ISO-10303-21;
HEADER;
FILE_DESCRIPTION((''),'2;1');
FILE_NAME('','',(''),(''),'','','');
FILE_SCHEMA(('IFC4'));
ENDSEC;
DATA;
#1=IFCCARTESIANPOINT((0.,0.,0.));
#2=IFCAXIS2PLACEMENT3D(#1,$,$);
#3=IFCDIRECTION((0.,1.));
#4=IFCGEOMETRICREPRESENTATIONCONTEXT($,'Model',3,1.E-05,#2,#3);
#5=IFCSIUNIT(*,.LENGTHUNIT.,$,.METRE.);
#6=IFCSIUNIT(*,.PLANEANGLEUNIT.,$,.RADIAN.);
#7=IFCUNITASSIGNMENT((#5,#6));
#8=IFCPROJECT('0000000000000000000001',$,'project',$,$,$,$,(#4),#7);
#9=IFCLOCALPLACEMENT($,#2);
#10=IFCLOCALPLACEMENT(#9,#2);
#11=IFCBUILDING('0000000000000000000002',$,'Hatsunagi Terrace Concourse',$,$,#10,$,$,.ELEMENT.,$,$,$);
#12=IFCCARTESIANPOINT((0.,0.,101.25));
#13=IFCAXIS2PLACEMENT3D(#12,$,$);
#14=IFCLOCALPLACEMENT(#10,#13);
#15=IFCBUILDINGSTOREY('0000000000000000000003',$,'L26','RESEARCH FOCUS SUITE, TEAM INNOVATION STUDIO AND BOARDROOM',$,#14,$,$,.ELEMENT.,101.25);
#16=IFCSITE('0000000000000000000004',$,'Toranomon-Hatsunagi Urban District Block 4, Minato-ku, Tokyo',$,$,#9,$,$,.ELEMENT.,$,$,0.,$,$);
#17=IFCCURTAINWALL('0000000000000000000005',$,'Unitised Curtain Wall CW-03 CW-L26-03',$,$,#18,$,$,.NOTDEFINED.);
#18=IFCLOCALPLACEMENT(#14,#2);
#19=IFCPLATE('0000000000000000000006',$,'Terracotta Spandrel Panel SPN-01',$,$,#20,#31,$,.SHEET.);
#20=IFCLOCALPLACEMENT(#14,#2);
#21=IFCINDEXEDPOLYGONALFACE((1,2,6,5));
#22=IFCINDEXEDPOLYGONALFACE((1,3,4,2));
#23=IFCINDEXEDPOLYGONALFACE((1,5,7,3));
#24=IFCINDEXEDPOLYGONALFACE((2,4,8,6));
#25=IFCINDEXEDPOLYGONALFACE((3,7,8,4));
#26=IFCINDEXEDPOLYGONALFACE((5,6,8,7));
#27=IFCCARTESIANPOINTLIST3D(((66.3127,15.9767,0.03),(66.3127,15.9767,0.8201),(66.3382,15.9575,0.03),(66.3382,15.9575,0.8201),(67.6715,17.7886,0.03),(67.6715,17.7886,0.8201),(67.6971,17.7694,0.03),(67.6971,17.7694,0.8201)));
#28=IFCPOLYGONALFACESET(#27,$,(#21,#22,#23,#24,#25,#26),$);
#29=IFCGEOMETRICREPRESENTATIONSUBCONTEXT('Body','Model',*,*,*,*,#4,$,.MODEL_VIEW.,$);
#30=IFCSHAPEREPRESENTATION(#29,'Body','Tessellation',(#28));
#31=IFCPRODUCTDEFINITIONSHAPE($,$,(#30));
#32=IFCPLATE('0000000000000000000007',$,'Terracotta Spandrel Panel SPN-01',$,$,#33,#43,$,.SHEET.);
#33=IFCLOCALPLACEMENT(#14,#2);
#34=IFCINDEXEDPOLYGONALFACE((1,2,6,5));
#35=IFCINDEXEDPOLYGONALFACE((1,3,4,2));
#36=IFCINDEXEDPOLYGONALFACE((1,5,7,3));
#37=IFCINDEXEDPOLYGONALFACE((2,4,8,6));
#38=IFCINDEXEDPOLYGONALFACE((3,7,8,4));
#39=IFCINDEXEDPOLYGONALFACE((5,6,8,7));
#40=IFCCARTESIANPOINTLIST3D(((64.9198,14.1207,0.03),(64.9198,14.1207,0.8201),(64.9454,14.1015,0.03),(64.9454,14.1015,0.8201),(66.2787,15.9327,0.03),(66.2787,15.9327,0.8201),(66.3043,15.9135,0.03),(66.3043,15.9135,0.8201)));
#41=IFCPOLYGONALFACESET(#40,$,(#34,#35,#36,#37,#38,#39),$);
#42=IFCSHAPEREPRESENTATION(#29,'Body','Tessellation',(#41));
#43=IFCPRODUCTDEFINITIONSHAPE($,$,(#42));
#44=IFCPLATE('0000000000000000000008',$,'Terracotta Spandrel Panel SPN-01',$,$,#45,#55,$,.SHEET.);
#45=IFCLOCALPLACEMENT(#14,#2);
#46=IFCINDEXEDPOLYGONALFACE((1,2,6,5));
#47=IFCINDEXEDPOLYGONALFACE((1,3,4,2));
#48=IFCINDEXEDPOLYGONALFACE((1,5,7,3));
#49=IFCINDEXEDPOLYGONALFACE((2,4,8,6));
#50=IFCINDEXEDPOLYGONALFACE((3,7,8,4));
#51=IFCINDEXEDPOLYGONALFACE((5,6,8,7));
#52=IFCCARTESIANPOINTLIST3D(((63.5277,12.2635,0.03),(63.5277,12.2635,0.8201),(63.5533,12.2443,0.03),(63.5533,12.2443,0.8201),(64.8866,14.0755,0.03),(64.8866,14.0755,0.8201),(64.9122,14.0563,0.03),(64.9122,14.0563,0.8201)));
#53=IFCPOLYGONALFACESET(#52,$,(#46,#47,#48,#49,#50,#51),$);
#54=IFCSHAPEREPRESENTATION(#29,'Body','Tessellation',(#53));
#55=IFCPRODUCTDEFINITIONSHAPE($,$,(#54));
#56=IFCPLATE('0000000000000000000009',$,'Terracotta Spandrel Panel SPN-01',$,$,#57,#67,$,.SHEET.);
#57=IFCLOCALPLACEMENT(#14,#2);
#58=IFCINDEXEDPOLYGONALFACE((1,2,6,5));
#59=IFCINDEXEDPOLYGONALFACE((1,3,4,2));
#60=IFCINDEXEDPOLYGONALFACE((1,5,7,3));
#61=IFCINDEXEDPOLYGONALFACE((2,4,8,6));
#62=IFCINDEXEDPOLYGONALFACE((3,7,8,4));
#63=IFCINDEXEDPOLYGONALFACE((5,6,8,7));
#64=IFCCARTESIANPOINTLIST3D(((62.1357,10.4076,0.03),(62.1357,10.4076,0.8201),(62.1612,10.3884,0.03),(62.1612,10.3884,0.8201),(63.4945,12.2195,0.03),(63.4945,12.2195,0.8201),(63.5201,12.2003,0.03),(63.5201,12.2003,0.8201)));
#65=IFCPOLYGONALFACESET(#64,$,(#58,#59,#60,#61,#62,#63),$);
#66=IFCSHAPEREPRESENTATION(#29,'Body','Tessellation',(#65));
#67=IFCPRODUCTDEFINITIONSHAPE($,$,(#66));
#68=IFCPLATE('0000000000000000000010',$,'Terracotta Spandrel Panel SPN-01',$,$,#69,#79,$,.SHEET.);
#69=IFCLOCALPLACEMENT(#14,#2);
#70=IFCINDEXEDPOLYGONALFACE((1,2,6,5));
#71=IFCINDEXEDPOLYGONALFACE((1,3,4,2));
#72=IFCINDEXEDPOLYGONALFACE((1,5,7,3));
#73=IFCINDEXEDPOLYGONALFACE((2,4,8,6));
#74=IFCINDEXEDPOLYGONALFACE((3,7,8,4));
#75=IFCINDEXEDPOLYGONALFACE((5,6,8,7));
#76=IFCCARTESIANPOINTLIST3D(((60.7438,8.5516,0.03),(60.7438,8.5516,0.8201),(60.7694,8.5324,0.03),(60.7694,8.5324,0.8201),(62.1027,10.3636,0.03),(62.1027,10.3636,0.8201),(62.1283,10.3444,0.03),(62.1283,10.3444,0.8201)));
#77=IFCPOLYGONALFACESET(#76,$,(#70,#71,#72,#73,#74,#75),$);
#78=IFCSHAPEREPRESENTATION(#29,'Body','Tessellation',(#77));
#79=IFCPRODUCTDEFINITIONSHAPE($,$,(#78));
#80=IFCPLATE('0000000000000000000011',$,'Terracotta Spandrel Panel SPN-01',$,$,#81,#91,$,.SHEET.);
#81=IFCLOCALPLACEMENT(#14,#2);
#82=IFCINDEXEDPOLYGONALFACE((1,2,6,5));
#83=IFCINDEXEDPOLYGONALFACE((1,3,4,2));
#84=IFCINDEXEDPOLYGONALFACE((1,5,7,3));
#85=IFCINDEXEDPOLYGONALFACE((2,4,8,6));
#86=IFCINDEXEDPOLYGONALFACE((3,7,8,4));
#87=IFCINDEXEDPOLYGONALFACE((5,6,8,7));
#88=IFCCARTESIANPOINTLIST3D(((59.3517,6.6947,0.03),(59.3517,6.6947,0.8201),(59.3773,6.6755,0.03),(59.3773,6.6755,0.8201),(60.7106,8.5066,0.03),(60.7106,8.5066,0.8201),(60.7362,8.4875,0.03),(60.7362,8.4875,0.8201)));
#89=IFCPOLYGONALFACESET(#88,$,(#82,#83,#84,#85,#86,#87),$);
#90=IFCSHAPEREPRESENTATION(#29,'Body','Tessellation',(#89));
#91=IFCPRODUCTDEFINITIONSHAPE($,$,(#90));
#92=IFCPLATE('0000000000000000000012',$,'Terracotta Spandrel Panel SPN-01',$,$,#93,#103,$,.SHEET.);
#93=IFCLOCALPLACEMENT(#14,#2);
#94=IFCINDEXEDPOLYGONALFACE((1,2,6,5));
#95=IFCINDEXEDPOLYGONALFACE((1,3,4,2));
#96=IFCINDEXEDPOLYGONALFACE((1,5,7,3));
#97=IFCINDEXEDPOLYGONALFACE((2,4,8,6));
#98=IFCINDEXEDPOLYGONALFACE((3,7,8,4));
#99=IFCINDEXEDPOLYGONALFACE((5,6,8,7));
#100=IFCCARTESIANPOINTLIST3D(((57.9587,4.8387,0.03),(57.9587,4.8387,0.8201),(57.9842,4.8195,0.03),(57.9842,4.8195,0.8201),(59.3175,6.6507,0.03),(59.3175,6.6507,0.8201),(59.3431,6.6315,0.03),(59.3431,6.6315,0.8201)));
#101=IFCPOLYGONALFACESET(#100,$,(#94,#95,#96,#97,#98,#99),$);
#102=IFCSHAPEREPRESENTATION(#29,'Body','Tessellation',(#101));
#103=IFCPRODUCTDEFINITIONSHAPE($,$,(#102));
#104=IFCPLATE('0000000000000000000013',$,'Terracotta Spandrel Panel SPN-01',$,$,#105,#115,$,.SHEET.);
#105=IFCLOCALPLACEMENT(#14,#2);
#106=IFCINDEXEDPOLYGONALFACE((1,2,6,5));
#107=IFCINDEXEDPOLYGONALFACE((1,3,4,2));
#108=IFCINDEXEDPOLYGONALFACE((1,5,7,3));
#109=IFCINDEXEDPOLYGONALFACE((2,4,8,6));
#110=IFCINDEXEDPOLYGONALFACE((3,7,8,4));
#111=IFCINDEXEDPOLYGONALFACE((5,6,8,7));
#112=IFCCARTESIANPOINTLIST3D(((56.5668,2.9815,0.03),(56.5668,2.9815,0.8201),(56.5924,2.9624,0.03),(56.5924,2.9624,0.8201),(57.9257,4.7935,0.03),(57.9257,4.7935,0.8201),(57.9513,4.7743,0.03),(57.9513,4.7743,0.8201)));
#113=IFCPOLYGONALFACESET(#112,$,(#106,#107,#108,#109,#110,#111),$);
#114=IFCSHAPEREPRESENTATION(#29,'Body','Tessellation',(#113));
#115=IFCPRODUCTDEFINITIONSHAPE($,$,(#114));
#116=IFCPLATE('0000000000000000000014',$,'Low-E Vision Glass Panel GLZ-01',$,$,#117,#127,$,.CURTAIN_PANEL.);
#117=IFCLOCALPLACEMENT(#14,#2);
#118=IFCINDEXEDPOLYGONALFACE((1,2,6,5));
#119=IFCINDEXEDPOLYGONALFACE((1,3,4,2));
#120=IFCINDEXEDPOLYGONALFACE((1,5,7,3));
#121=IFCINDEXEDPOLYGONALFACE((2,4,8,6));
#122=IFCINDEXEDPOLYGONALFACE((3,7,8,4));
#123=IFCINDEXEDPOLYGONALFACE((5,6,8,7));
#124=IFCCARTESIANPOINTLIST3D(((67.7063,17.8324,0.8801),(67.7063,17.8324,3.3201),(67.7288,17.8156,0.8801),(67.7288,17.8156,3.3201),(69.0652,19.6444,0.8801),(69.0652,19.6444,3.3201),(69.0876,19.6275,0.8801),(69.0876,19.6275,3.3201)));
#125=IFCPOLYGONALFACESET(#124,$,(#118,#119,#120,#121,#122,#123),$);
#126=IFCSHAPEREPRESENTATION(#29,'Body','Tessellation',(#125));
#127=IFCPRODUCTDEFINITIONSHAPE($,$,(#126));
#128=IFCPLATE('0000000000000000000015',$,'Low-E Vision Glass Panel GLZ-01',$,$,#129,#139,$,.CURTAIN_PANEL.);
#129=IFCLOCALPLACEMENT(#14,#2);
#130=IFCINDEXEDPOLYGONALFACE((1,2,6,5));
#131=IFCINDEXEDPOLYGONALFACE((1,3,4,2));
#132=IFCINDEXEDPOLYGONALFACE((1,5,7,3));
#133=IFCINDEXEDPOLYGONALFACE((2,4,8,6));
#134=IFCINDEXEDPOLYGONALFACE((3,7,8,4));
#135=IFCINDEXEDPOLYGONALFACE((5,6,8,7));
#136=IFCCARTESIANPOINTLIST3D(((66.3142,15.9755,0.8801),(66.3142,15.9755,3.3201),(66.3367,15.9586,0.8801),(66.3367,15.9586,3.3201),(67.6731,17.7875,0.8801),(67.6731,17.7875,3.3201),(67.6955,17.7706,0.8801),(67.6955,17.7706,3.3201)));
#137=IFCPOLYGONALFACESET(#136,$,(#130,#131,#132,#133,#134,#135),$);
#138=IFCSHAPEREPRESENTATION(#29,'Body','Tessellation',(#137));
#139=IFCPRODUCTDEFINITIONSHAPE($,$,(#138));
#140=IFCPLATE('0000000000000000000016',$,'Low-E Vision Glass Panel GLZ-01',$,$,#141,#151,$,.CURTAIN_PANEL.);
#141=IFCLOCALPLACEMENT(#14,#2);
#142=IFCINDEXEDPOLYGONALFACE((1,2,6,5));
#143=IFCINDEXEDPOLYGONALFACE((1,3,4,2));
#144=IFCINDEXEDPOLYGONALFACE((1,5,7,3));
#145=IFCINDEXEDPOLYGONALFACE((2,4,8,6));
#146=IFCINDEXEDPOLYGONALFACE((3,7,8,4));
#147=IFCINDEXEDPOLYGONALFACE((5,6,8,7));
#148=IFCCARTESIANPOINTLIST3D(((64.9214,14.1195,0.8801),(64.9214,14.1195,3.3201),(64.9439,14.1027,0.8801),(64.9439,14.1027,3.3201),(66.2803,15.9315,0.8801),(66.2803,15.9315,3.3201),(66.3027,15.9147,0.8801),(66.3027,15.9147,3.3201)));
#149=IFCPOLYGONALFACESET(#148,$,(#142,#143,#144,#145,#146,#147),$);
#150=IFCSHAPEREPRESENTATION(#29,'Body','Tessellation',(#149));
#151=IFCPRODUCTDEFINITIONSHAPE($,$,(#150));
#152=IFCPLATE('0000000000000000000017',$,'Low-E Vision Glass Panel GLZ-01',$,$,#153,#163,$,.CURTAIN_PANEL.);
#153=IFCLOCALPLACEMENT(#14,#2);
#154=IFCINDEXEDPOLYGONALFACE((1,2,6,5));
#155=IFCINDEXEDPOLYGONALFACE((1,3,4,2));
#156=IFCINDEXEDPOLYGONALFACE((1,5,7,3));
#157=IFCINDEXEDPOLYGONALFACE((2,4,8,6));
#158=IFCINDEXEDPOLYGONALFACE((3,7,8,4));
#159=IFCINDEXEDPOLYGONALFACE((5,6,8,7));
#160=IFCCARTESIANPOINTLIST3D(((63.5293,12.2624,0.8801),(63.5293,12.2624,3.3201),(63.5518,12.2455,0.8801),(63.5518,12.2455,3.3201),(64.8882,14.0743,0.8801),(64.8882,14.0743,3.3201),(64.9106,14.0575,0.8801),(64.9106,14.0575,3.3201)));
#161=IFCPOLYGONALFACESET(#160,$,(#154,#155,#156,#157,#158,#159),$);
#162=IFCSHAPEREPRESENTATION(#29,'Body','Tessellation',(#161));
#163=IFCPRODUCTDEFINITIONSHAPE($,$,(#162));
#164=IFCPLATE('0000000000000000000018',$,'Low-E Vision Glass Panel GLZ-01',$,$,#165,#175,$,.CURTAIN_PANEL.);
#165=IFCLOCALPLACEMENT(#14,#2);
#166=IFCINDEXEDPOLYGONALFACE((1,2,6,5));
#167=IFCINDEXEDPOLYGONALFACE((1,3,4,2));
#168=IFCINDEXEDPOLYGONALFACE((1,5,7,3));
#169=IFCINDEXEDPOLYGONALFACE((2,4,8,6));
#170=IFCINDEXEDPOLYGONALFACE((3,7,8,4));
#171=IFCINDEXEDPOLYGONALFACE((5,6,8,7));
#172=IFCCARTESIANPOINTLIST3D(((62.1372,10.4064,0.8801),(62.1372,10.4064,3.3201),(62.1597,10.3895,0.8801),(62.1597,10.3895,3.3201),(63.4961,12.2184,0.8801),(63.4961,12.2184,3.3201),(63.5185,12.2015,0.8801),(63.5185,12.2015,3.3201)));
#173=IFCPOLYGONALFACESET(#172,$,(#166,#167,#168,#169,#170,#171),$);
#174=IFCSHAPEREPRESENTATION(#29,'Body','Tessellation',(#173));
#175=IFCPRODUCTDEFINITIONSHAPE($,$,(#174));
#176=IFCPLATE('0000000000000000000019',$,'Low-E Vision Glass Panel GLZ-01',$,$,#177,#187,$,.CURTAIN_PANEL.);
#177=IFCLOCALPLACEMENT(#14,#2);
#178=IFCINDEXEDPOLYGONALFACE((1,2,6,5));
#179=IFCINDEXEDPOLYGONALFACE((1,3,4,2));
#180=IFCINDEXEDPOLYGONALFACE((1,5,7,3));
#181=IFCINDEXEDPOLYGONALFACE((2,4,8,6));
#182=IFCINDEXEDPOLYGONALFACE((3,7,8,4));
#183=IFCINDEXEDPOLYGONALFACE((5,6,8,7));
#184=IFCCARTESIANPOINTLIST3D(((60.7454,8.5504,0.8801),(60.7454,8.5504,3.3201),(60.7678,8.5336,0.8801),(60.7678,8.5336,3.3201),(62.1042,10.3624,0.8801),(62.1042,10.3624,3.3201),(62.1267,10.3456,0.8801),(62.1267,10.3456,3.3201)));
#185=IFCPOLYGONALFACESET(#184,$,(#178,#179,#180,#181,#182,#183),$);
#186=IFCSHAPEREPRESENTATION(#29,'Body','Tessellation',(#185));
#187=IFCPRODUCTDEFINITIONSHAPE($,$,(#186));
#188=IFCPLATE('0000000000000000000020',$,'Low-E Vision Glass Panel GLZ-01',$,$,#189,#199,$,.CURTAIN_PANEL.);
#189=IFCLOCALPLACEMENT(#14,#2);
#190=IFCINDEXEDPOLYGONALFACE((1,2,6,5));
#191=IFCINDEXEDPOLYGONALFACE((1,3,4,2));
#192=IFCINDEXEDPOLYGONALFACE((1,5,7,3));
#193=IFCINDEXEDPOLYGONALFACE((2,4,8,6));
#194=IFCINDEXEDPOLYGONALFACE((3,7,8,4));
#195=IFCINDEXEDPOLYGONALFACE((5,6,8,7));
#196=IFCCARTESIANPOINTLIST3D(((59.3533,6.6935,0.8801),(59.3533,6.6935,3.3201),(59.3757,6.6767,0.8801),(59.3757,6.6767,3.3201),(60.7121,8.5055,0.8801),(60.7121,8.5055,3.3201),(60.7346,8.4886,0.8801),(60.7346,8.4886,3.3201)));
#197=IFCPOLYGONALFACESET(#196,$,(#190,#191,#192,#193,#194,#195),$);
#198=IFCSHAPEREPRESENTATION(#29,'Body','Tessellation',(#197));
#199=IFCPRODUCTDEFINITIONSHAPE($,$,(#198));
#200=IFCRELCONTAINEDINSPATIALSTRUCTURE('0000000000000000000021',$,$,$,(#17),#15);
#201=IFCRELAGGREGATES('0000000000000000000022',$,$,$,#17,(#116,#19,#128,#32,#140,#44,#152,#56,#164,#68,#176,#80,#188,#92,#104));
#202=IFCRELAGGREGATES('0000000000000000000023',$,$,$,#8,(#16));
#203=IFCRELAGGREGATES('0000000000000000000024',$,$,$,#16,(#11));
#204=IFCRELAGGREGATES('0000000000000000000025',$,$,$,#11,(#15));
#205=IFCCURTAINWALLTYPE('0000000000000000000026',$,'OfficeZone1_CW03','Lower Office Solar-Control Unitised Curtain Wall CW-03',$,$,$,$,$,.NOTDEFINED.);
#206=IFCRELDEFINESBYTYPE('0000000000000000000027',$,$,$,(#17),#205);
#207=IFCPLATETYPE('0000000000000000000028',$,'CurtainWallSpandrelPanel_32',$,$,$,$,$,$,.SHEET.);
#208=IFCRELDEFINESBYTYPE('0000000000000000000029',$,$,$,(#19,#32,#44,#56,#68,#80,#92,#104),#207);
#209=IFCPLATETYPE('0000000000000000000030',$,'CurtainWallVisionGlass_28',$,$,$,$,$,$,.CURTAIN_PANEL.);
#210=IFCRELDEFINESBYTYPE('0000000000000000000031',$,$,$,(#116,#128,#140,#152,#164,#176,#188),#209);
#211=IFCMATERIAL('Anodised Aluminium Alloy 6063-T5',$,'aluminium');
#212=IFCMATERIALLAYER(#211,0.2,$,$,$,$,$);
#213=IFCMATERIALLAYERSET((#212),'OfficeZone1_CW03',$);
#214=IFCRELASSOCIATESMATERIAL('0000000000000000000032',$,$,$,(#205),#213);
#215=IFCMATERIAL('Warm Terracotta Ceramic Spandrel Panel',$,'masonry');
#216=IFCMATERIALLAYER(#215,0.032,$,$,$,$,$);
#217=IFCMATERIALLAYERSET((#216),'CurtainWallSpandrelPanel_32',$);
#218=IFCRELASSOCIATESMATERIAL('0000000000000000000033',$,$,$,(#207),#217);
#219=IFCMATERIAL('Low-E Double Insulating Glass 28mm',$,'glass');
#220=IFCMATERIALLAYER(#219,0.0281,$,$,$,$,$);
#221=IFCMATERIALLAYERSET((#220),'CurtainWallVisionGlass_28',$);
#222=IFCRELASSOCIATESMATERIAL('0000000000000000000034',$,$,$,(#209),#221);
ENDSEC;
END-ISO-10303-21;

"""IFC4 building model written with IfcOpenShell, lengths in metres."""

from ifc_helpers import new_model, si_unit, direction, frame, origin, origin_2d, place, context, subcontext, project, spatial, rectangle, extrude, material, layer, layer_set, type_object, element, aggregate, save


model = new_model("IFC4")

# Units and contexts
model_context = context("Model", 3, precision=1e-05, world=origin(), true_north=direction((0.0, 1.0)))
body_context = subcontext(model_context, "Body", "Model", "MODEL_VIEW")
ifc_project = project(units=[si_unit("LENGTHUNIT", "METRE"), si_unit("PLANEANGLEUNIT", "RADIAN")], contexts=[model_context])

# Site, building, storey
site_placement = place(None, origin())
site = spatial("IfcSite", under=ifc_project, at=site_placement, Name="Toranomon-Hatsunagi Urban District Block 4, Minato-ku, Tokyo", CompositionType="ELEMENT", RefElevation=0.0)
building_placement = place(site_placement, origin())
building = spatial("IfcBuilding", under=site, at=building_placement, Name="Hatsunagi Terrace Concourse", CompositionType="ELEMENT")
storey_placement = place(building_placement, frame((0.0, 0.0, 101.25)))
storey = spatial("IfcBuildingStorey", under=building, at=storey_placement, Name="L26", Description="RESEARCH FOCUS SUITE, TEAM INNOVATION STUDIO AND BOARDROOM", CompositionType="ELEMENT", Elevation=101.25)

# Curtain wall
ifc_material_1 = material(Name="Anodised Aluminium Alloy 6063-T5", Category="aluminium")
ifc_layer_1 = layer(ifc_material_1, 0.2)
ifc_layer_set_1 = layer_set([ifc_layer_1], Name="OfficeZone1_CW03")
curtain_wall_type = type_object("IfcCurtainWallType", Name="OfficeZone1_CW03", Description="Lower Office Solar-Control Unitised Curtain Wall CW-03", PredefinedType="NOTDEFINED", material=ifc_layer_set_1)
curtain_wall_placement = place(storey_placement, origin())
curtain_wall = element("IfcCurtainWall", 1, at=curtain_wall_placement, inside=storey, type_object=curtain_wall_type, Name="Unitised Curtain Wall CW-03 CW-L26-03", PredefinedType="NOTDEFINED")

# Plates
ifc_material_2 = material(Name="Warm Terracotta Ceramic Spandrel Panel", Category="masonry")
ifc_layer_2 = layer(ifc_material_2, 0.032)
ifc_layer_set_2 = layer_set([ifc_layer_2], Name="CurtainWallSpandrelPanel_32")
plate_type_1 = type_object("IfcPlateType", Name="CurtainWallSpandrelPanel_32", PredefinedType="SHEET", material=ifc_layer_set_2)
plate_1_placement = place(storey_placement, frame((67.0049, 16.873, 0.03), z_axis=(0.0, 0.0, 1.0), x_axis=(-0.599969, -0.800023, 0.0)))
plate_1 = element("IfcPlate", 2, at=plate_1_placement, type_object=plate_type_1, Name="Terracotta Spandrel Panel SPN-01", PredefinedType="SHEET", context=body_context, shape_type="SweptSolid", body=[
    extrude(rectangle(XDim=2.2649, YDim=0.032, at=origin_2d()), origin(), (0.0, 0.0, 1.0), 0.79),
])
plate_2_placement = place(storey_placement, frame((65.6121, 15.0171, 0.03), z_axis=(0.0, 0.0, 1.0), x_axis=(-0.599969, -0.800023, 0.0)))
plate_2 = element("IfcPlate", 3, at=plate_2_placement, type_object=plate_type_1, Name="Terracotta Spandrel Panel SPN-01", PredefinedType="SHEET", context=body_context, shape_type="SweptSolid", body=[
    extrude(rectangle(XDim=2.2649, YDim=0.032, at=origin_2d()), origin(), (0.0, 0.0, 1.0), 0.79),
])
plate_3_placement = place(storey_placement, frame((64.22, 13.1599, 0.03), z_axis=(0.0, 0.0, 1.0), x_axis=(-0.599969, -0.800023, 0.0)))
plate_3 = element("IfcPlate", 4, at=plate_3_placement, type_object=plate_type_1, Name="Terracotta Spandrel Panel SPN-01", PredefinedType="SHEET", context=body_context, shape_type="SweptSolid", body=[
    extrude(rectangle(XDim=2.2649, YDim=0.032, at=origin_2d()), origin(), (0.0, 0.0, 1.0), 0.79),
])
plate_4_placement = place(storey_placement, frame((62.8279, 11.304, 0.03), z_axis=(0.0, 0.0, 1.0), x_axis=(-0.599969, -0.800023, 0.0)))
plate_4 = element("IfcPlate", 5, at=plate_4_placement, type_object=plate_type_1, Name="Terracotta Spandrel Panel SPN-01", PredefinedType="SHEET", context=body_context, shape_type="SweptSolid", body=[
    extrude(rectangle(XDim=2.2649, YDim=0.032, at=origin_2d()), origin(), (0.0, 0.0, 1.0), 0.79),
])
plate_5_placement = place(storey_placement, frame((61.436, 9.448, 0.03), z_axis=(0.0, 0.0, 1.0), x_axis=(-0.599969, -0.800023, 0.0)))
plate_5 = element("IfcPlate", 6, at=plate_5_placement, type_object=plate_type_1, Name="Terracotta Spandrel Panel SPN-01", PredefinedType="SHEET", context=body_context, shape_type="SweptSolid", body=[
    extrude(rectangle(XDim=2.2649, YDim=0.032, at=origin_2d()), origin(), (0.0, 0.0, 1.0), 0.79),
])
plate_6_placement = place(storey_placement, frame((60.0439, 7.5911, 0.03), z_axis=(0.0, 0.0, 1.0), x_axis=(-0.599969, -0.800023, 0.0)))
plate_6 = element("IfcPlate", 7, at=plate_6_placement, type_object=plate_type_1, Name="Terracotta Spandrel Panel SPN-01", PredefinedType="SHEET", context=body_context, shape_type="SweptSolid", body=[
    extrude(rectangle(XDim=2.2649, YDim=0.032, at=origin_2d()), origin(), (0.0, 0.0, 1.0), 0.79),
])
plate_7_placement = place(storey_placement, frame((58.6509, 5.7351, 0.03), z_axis=(0.0, 0.0, 1.0), x_axis=(-0.599969, -0.800023, 0.0)))
plate_7 = element("IfcPlate", 8, at=plate_7_placement, type_object=plate_type_1, Name="Terracotta Spandrel Panel SPN-01", PredefinedType="SHEET", context=body_context, shape_type="SweptSolid", body=[
    extrude(rectangle(XDim=2.2649, YDim=0.032, at=origin_2d()), origin(), (0.0, 0.0, 1.0), 0.79),
])
plate_8_placement = place(storey_placement, frame((57.259, 3.8779, 0.03), z_axis=(0.0, 0.0, 1.0), x_axis=(-0.599969, -0.800023, 0.0)))
plate_8 = element("IfcPlate", 9, at=plate_8_placement, type_object=plate_type_1, Name="Terracotta Spandrel Panel SPN-01", PredefinedType="SHEET", context=body_context, shape_type="SweptSolid", body=[
    extrude(rectangle(XDim=2.2649, YDim=0.032, at=origin_2d()), origin(), (0.0, 0.0, 1.0), 0.79),
])
ifc_material_3 = material(Name="Low-E Double Insulating Glass 28mm", Category="glass")
ifc_layer_3 = layer(ifc_material_3, 0.0281)
ifc_layer_set_3 = layer_set([ifc_layer_3], Name="CurtainWallVisionGlass_28")
plate_type_2 = type_object("IfcPlateType", Name="CurtainWallVisionGlass_28", PredefinedType="CURTAIN_PANEL", material=ifc_layer_set_3)
plate_9_placement = place(storey_placement, frame((68.397, 18.73, 0.8801), z_axis=(0.0, 0.0, 1.0), x_axis=(-0.599969, -0.800023, 0.0)))
plate_9 = element("IfcPlate", 10, at=plate_9_placement, type_object=plate_type_2, Name="Low-E Vision Glass Panel GLZ-01", PredefinedType="CURTAIN_PANEL", context=body_context, shape_type="SweptSolid", body=[
    extrude(rectangle(XDim=2.2649, YDim=0.0281, at=origin_2d()), origin(), (0.0, 0.0, 1.0), 2.4399),
])
plate_10_placement = place(storey_placement, frame((67.0049, 16.873, 0.8801), z_axis=(0.0, 0.0, 1.0), x_axis=(-0.599969, -0.800023, 0.0)))
plate_10 = element("IfcPlate", 11, at=plate_10_placement, type_object=plate_type_2, Name="Low-E Vision Glass Panel GLZ-01", PredefinedType="CURTAIN_PANEL", context=body_context, shape_type="SweptSolid", body=[
    extrude(rectangle(XDim=2.2649, YDim=0.0281, at=origin_2d()), origin(), (0.0, 0.0, 1.0), 2.4399),
])
plate_11_placement = place(storey_placement, frame((65.6121, 15.0171, 0.8801), z_axis=(0.0, 0.0, 1.0), x_axis=(-0.599969, -0.800023, 0.0)))
plate_11 = element("IfcPlate", 12, at=plate_11_placement, type_object=plate_type_2, Name="Low-E Vision Glass Panel GLZ-01", PredefinedType="CURTAIN_PANEL", context=body_context, shape_type="SweptSolid", body=[
    extrude(rectangle(XDim=2.2649, YDim=0.0281, at=origin_2d()), origin(), (0.0, 0.0, 1.0), 2.4399),
])
plate_12_placement = place(storey_placement, frame((64.22, 13.1599, 0.8801), z_axis=(0.0, 0.0, 1.0), x_axis=(-0.599969, -0.800023, 0.0)))
plate_12 = element("IfcPlate", 13, at=plate_12_placement, type_object=plate_type_2, Name="Low-E Vision Glass Panel GLZ-01", PredefinedType="CURTAIN_PANEL", context=body_context, shape_type="SweptSolid", body=[
    extrude(rectangle(XDim=2.2649, YDim=0.0281, at=origin_2d()), origin(), (0.0, 0.0, 1.0), 2.4399),
])
plate_13_placement = place(storey_placement, frame((62.8279, 11.304, 0.8801), z_axis=(0.0, 0.0, 1.0), x_axis=(-0.599969, -0.800023, 0.0)))
plate_13 = element("IfcPlate", 14, at=plate_13_placement, type_object=plate_type_2, Name="Low-E Vision Glass Panel GLZ-01", PredefinedType="CURTAIN_PANEL", context=body_context, shape_type="SweptSolid", body=[
    extrude(rectangle(XDim=2.2649, YDim=0.0281, at=origin_2d()), origin(), (0.0, 0.0, 1.0), 2.4399),
])
plate_14_placement = place(storey_placement, frame((61.436, 9.448, 0.8801), z_axis=(0.0, 0.0, 1.0), x_axis=(-0.599969, -0.800023, 0.0)))
plate_14 = element("IfcPlate", 15, at=plate_14_placement, type_object=plate_type_2, Name="Low-E Vision Glass Panel GLZ-01", PredefinedType="CURTAIN_PANEL", context=body_context, shape_type="SweptSolid", body=[
    extrude(rectangle(XDim=2.2649, YDim=0.0281, at=origin_2d()), origin(), (0.0, 0.0, 1.0), 2.4399),
])
plate_15_placement = place(storey_placement, frame((60.0439, 7.5911, 0.8801), z_axis=(0.0, 0.0, 1.0), x_axis=(-0.599969, -0.800023, 0.0)))
plate_15 = element("IfcPlate", 16, at=plate_15_placement, type_object=plate_type_2, Name="Low-E Vision Glass Panel GLZ-01", PredefinedType="CURTAIN_PANEL", context=body_context, shape_type="SweptSolid", body=[
    extrude(rectangle(XDim=2.2649, YDim=0.0281, at=origin_2d()), origin(), (0.0, 0.0, 1.0), 2.4399),
])
aggregate(curtain_wall, [plate_9, plate_1, plate_10, plate_2, plate_11, plate_3, plate_12, plate_4, plate_13, plate_5, plate_14, plate_6, plate_15, plate_7, plate_8])

save(model, "model.ifc")
